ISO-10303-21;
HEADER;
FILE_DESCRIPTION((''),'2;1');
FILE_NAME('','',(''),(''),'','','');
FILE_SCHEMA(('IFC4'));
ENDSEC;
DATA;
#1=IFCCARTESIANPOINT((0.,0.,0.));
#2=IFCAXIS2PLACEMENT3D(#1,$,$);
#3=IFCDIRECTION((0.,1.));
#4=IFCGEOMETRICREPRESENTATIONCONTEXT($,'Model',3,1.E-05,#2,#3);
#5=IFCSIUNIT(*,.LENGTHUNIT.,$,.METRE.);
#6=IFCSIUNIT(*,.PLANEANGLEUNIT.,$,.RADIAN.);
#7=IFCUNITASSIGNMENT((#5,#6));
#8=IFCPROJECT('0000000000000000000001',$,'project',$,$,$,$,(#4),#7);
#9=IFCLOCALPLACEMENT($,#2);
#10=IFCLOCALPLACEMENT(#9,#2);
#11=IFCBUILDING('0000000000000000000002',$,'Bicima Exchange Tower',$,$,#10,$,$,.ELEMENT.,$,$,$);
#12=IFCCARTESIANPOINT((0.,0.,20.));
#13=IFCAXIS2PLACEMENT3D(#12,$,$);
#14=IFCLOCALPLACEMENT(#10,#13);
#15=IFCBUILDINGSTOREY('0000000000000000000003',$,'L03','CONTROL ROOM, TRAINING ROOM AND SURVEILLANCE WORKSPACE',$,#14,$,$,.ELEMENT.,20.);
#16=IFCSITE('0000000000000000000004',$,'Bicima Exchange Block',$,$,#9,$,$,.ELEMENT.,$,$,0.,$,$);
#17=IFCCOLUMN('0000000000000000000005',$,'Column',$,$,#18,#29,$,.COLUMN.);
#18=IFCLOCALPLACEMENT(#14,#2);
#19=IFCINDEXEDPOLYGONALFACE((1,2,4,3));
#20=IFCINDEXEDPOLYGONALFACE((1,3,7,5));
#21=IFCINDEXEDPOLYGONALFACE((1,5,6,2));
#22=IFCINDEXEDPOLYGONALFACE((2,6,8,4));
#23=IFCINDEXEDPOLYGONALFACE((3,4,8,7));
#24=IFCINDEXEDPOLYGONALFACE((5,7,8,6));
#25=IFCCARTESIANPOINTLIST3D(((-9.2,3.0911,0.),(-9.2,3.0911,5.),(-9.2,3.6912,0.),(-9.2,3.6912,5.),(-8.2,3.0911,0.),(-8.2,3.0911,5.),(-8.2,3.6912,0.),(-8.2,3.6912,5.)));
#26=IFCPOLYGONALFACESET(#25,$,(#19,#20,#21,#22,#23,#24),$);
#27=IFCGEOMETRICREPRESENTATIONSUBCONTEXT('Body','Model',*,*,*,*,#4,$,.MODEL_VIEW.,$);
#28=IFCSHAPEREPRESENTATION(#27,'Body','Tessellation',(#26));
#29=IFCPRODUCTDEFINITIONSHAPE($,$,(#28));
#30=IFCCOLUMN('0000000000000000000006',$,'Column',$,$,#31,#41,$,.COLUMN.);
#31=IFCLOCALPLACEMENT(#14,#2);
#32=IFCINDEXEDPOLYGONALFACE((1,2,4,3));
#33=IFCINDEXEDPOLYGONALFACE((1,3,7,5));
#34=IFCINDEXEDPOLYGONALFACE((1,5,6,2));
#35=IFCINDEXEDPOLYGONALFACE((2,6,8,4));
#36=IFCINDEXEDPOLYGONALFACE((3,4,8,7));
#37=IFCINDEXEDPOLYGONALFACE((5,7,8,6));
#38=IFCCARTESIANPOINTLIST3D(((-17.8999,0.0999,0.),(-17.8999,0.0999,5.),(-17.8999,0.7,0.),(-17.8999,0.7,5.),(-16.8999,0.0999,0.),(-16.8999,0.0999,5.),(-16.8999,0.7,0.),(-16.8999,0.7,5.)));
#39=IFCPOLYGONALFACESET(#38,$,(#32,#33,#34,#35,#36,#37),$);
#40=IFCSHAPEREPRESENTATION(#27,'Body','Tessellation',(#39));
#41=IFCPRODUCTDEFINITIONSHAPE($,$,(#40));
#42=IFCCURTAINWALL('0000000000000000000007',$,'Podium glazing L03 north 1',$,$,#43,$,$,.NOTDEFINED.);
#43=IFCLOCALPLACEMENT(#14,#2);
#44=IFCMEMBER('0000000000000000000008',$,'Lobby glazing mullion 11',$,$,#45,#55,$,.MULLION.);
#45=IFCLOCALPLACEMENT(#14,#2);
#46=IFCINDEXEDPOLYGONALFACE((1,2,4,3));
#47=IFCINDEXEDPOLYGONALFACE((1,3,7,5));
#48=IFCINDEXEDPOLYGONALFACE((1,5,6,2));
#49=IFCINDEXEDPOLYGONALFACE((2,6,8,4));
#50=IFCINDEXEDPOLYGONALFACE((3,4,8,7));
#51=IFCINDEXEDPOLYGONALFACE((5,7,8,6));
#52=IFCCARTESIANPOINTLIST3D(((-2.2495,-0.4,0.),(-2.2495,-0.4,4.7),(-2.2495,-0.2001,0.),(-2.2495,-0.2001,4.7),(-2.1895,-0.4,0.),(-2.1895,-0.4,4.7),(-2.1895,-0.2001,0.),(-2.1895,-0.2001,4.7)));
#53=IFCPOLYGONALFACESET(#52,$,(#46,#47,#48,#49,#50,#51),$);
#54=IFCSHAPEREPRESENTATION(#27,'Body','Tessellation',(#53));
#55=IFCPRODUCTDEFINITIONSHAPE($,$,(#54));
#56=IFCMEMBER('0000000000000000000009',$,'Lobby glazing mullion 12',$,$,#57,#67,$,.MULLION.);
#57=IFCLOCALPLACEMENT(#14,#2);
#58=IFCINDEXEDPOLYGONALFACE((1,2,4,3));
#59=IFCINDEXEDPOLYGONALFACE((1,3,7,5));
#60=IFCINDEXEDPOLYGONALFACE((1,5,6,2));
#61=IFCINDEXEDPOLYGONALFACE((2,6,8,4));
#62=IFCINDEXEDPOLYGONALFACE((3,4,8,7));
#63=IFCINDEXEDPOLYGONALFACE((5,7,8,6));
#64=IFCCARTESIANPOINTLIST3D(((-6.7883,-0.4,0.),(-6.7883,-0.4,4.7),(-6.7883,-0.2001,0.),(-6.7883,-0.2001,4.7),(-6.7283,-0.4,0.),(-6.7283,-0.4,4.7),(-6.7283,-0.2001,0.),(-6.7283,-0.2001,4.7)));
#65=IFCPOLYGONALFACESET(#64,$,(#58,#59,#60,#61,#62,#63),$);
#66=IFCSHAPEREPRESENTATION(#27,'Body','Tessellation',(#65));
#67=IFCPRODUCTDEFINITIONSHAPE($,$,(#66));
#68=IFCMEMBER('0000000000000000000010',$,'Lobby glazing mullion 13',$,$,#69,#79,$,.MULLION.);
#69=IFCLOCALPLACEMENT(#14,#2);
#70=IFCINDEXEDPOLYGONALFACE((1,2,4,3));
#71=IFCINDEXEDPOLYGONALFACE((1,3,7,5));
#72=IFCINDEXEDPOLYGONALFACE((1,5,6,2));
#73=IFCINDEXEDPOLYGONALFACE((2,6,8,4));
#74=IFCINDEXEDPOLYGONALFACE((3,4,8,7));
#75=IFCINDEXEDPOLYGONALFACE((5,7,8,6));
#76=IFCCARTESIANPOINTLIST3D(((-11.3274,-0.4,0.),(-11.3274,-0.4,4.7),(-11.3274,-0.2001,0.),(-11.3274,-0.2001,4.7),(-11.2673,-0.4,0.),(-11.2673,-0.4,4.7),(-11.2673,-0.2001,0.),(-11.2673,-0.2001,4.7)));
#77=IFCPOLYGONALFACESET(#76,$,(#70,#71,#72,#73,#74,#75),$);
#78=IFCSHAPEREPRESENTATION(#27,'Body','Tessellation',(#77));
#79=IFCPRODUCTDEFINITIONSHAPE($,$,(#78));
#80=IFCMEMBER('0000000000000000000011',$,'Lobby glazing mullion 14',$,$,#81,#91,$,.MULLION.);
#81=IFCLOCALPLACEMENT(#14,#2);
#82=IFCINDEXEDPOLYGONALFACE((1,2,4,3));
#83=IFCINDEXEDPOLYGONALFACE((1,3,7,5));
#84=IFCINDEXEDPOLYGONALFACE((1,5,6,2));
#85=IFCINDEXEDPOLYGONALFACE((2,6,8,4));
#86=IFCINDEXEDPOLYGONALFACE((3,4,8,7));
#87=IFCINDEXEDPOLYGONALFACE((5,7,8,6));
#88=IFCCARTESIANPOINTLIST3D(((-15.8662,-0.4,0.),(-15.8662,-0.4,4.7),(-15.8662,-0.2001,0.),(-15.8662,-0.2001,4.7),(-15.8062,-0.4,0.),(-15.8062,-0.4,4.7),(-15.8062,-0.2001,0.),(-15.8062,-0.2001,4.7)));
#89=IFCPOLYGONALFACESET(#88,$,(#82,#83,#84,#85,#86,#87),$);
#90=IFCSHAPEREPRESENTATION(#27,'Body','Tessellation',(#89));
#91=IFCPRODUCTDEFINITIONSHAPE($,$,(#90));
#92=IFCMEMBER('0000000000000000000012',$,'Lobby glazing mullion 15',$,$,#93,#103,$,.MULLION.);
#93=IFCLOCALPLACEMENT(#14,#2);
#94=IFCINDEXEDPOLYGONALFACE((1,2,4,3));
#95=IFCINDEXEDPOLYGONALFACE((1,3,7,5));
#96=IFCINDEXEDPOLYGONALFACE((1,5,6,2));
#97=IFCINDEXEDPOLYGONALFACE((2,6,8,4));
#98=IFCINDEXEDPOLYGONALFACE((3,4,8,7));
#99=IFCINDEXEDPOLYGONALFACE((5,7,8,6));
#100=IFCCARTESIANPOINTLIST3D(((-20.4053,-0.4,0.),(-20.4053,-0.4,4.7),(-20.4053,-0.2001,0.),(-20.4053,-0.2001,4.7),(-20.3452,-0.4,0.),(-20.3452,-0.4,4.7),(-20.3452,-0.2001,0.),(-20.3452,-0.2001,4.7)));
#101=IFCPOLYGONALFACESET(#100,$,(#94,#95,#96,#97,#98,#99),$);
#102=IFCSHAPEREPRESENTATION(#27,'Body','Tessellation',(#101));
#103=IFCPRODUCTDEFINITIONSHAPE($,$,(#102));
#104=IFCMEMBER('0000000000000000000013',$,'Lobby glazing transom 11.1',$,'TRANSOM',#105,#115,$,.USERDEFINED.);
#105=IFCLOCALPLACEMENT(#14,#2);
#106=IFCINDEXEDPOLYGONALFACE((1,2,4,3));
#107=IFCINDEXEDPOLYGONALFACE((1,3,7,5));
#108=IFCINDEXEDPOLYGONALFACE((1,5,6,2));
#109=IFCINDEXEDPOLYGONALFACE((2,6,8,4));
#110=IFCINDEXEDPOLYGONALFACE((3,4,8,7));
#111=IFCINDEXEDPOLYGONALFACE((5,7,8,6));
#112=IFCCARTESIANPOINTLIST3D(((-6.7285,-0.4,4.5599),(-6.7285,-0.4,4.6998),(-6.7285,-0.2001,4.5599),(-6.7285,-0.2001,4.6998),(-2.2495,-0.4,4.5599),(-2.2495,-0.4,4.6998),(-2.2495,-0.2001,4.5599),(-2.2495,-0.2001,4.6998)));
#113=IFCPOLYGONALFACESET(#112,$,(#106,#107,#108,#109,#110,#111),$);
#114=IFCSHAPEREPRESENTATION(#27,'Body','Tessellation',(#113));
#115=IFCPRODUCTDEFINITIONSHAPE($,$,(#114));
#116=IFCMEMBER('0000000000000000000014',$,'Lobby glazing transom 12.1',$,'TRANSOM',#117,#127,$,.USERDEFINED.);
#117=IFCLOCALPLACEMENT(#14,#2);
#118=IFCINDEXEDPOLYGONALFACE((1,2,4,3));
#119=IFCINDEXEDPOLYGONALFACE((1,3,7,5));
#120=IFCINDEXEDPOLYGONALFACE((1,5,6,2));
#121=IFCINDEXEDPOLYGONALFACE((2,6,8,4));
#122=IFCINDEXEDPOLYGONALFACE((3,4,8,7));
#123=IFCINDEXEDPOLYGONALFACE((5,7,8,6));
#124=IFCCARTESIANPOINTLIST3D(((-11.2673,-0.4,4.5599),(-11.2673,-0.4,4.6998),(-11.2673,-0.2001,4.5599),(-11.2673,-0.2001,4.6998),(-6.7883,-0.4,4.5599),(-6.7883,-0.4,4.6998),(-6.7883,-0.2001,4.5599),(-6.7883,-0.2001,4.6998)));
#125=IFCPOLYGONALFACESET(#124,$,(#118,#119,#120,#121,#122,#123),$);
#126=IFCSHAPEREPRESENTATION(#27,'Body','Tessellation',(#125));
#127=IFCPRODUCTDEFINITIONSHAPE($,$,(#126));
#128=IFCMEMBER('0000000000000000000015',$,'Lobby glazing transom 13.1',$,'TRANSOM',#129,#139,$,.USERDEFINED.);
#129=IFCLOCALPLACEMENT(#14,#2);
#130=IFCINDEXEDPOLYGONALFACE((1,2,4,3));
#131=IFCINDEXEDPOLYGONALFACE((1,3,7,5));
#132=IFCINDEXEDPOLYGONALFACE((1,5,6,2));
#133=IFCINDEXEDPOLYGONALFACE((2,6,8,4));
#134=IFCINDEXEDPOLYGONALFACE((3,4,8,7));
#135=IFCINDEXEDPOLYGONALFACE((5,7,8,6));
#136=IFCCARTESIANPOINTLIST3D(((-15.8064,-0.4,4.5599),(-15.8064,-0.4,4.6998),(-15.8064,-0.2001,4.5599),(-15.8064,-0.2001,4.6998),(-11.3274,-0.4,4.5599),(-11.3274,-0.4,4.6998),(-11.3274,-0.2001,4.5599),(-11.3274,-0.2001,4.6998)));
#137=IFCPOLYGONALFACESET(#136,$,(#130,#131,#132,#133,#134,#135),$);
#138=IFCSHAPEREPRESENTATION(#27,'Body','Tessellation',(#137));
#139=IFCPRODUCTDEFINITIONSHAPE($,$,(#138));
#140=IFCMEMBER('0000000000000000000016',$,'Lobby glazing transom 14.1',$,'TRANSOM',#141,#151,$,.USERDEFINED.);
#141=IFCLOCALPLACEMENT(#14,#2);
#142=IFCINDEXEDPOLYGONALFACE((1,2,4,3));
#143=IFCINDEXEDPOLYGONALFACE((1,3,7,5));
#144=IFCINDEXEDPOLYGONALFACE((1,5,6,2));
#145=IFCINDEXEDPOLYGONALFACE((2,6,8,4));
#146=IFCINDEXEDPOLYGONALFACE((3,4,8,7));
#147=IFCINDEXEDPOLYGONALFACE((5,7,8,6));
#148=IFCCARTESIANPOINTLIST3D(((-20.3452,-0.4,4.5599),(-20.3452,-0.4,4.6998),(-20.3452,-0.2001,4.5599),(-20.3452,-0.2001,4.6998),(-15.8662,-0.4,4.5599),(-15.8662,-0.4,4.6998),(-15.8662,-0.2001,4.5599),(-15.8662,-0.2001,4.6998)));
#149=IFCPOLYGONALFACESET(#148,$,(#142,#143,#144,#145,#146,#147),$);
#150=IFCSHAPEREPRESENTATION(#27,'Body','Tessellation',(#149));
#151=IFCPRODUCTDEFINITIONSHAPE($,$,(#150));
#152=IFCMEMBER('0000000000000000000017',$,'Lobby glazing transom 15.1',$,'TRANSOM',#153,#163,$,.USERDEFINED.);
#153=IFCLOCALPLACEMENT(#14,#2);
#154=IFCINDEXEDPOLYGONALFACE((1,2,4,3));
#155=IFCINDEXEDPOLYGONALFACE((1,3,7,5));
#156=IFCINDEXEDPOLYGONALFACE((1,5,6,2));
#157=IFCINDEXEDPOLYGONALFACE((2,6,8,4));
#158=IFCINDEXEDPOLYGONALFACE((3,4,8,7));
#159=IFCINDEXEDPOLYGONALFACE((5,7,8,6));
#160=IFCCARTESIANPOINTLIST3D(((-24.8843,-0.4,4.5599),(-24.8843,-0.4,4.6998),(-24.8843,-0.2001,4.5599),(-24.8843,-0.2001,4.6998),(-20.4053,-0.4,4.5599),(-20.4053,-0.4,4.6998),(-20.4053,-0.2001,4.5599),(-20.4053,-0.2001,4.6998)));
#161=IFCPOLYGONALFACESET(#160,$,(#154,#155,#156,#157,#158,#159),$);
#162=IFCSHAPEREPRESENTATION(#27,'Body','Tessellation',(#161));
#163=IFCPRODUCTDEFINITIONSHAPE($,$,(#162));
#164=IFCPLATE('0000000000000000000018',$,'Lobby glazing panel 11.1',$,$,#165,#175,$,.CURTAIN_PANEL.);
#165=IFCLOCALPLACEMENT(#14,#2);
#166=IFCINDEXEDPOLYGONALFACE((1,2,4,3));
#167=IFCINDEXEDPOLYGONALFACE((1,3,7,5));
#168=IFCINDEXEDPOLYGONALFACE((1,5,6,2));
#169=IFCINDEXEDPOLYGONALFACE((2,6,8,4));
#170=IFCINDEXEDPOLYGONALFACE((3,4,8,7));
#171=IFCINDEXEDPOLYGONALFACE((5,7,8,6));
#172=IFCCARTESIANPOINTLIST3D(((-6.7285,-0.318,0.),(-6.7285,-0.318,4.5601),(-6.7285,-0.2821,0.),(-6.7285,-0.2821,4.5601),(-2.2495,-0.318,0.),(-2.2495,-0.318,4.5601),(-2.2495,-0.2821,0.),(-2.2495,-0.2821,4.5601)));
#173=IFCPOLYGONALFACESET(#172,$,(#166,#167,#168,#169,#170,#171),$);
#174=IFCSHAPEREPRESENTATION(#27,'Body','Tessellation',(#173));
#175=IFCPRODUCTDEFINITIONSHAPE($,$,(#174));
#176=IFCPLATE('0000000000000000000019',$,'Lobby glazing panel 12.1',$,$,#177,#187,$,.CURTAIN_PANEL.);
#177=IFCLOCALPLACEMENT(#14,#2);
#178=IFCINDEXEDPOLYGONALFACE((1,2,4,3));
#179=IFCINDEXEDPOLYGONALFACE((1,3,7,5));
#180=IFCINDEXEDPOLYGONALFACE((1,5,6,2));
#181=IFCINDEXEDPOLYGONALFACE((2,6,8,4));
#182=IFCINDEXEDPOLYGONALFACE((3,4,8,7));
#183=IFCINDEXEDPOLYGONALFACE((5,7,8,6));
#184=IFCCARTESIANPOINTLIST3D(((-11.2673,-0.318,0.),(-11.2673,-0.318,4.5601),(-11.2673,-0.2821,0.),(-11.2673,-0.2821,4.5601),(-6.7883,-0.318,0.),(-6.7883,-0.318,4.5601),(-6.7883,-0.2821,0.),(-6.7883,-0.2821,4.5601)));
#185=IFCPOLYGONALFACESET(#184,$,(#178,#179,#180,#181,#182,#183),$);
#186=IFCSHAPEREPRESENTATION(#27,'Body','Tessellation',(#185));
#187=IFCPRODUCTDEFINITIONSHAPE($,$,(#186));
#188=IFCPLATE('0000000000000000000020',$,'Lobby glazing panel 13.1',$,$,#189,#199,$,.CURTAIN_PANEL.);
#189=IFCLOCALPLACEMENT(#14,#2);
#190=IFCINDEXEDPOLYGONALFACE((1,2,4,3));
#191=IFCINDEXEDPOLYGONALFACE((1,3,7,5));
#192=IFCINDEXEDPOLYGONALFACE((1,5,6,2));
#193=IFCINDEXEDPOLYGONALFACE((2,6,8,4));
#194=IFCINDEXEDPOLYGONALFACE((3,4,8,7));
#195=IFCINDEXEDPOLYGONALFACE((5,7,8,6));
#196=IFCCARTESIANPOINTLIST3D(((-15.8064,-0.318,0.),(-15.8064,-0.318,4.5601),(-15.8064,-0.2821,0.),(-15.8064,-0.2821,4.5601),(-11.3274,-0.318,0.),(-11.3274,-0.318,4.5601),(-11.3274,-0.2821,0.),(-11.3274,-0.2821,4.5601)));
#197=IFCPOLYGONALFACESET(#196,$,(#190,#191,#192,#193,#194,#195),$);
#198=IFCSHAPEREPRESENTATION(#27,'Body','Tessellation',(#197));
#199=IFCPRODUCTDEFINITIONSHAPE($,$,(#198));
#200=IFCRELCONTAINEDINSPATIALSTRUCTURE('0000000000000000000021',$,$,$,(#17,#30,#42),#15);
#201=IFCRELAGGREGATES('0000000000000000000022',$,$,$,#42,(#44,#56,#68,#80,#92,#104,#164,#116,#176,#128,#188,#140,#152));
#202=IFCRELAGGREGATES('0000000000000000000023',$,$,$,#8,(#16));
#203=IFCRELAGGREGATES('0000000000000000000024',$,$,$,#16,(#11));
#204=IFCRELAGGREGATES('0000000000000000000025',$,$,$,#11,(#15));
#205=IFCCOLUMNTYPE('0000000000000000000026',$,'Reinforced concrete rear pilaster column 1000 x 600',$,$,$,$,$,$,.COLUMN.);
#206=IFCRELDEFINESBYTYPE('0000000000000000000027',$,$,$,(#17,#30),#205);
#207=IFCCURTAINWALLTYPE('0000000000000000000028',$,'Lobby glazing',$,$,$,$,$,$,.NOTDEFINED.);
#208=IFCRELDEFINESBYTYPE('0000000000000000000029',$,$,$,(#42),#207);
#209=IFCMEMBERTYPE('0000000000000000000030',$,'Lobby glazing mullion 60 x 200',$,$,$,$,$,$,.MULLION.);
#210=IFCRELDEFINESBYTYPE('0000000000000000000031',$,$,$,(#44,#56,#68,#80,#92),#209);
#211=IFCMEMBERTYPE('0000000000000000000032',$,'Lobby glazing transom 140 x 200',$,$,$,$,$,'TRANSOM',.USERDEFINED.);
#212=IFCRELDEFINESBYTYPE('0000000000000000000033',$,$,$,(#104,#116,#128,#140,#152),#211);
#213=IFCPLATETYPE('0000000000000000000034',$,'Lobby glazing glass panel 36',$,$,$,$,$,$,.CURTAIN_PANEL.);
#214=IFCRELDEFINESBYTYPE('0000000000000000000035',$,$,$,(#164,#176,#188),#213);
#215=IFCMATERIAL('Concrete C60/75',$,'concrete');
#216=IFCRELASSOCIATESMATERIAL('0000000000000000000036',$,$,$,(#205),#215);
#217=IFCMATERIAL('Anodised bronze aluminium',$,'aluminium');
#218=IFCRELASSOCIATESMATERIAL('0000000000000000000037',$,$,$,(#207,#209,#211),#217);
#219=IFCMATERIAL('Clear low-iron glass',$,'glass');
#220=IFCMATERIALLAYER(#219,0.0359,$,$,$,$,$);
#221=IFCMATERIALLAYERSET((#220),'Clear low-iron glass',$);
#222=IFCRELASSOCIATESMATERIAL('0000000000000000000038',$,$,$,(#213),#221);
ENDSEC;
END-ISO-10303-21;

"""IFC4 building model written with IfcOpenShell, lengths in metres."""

from ifc_helpers import new_model, si_unit, direction, frame, origin, origin_2d, place, context, subcontext, project, spatial, rectangle, extrude, material, layer, layer_set, material_profile, profile_set, type_object, element, aggregate, save


model = new_model("IFC4")

# Units and contexts
model_context = context("Model", 3, precision=1e-05, world=origin(), true_north=direction((0.0, 1.0)))
body_context = subcontext(model_context, "Body", "Model", "MODEL_VIEW")
ifc_project = project(units=[si_unit("LENGTHUNIT", "METRE"), si_unit("PLANEANGLEUNIT", "RADIAN")], contexts=[model_context])

# Site, building, storey
site_placement = place(None, origin())
site = spatial("IfcSite", under=ifc_project, at=site_placement, Name="Bicima Exchange Block", CompositionType="ELEMENT", RefElevation=0.0)
building_placement = place(site_placement, origin())
building = spatial("IfcBuilding", under=site, at=building_placement, Name="Bicima Exchange Tower", CompositionType="ELEMENT")
storey_placement = place(building_placement, frame((0.0, 0.0, 20.0)))
storey = spatial("IfcBuildingStorey", under=building, at=storey_placement, Name="L03", Description="CONTROL ROOM, TRAINING ROOM AND SURVEILLANCE WORKSPACE", CompositionType="ELEMENT", Elevation=20.0)

# Columns
ifc_material_1 = material(Name="Concrete C60/75", Category="concrete")
ifc_material_profile_1 = material_profile(ifc_material_1, rectangle(XDim=1.0, YDim=0.6001, at=origin_2d()))
ifc_profile_set_1 = profile_set([ifc_material_profile_1], Name="Concrete C60/75")
column_type = type_object("IfcColumnType", Name="Reinforced concrete rear pilaster column 1000 x 600", PredefinedType="COLUMN", material=ifc_profile_set_1)
for number, where, z_axis, x_axis, name in (
    (1, (-8.7, 3.3911, 0.0), (0.0, 0.0, 1.0), (1.0, 0.0, 0.0), "Column"),
    (2, (-17.3999, 0.3999, 0.0), (0.0, 0.0, 1.0), (1.0, 0.0, 0.0), "Column"),
):
    element("IfcColumn", number, at=place(storey_placement, frame(where, z_axis=z_axis, x_axis=x_axis)), inside=storey, type_object=column_type, Name=name, PredefinedType="COLUMN", context=body_context, shape_type="SweptSolid", body=[
        extrude(rectangle(XDim=1.0, YDim=0.6001, at=origin_2d()), origin(), (0.0, 0.0, 1.0), 5.0),
    ])

# Curtain wall, members, plates
ifc_material_2 = material(Name="Anodised bronze aluminium", Category="aluminium")
curtain_wall_type = type_object("IfcCurtainWallType", Name="Lobby glazing", PredefinedType="NOTDEFINED", material=ifc_material_2)
curtain_wall_placement = place(storey_placement, origin())
curtain_wall = element("IfcCurtainWall", 3, at=curtain_wall_placement, inside=storey, type_object=curtain_wall_type, Name="Podium glazing L03 north 1", PredefinedType="NOTDEFINED")
ifc_material_profile_2 = material_profile(ifc_material_2, rectangle(XDim=0.2, YDim=0.0601, at=origin_2d()))
ifc_profile_set_2 = profile_set([ifc_material_profile_2], Name="Anodised bronze aluminium")
member_type_1 = type_object("IfcMemberType", Name="Lobby glazing mullion 60 x 200", PredefinedType="MULLION", material=ifc_profile_set_2)
member_1_placement = place(storey_placement, frame((-2.2195, -0.3, 0.0), z_axis=(0.0, 0.0, 1.0), x_axis=(0.0, -1.0, 0.0)))
member_1 = element("IfcMember", 4, at=member_1_placement, type_object=member_type_1, Name="Lobby glazing mullion 11", PredefinedType="MULLION", context=body_context, shape_type="SweptSolid", body=[
    extrude(rectangle(XDim=0.2, YDim=0.0601, at=origin_2d()), origin(), (0.0, 0.0, 1.0), 4.7),
])
member_2_placement = place(storey_placement, frame((-6.7583, -0.3, 0.0), z_axis=(0.0, 0.0, 1.0), x_axis=(0.0, -1.0, 0.0)))
member_2 = element("IfcMember", 5, at=member_2_placement, type_object=member_type_1, Name="Lobby glazing mullion 12", PredefinedType="MULLION", context=body_context, shape_type="SweptSolid", body=[
    extrude(rectangle(XDim=0.2, YDim=0.0601, at=origin_2d()), origin(), (0.0, 0.0, 1.0), 4.7),
])
member_3_placement = place(storey_placement, frame((-11.2974, -0.3, 0.0), z_axis=(0.0, 0.0, 1.0), x_axis=(0.0, -1.0, 0.0)))
member_3 = element("IfcMember", 6, at=member_3_placement, type_object=member_type_1, Name="Lobby glazing mullion 13", PredefinedType="MULLION", context=body_context, shape_type="SweptSolid", body=[
    extrude(rectangle(XDim=0.2, YDim=0.0601, at=origin_2d()), origin(), (0.0, 0.0, 1.0), 4.7),
])
member_4_placement = place(storey_placement, frame((-15.8362, -0.3, 0.0), z_axis=(0.0, 0.0, 1.0), x_axis=(0.0, -1.0, 0.0)))
member_4 = element("IfcMember", 7, at=member_4_placement, type_object=member_type_1, Name="Lobby glazing mullion 14", PredefinedType="MULLION", context=body_context, shape_type="SweptSolid", body=[
    extrude(rectangle(XDim=0.2, YDim=0.0601, at=origin_2d()), origin(), (0.0, 0.0, 1.0), 4.7),
])
member_5_placement = place(storey_placement, frame((-20.3752, -0.3, 0.0), z_axis=(0.0, 0.0, 1.0), x_axis=(0.0, -1.0, 0.0)))
member_5 = element("IfcMember", 8, at=member_5_placement, type_object=member_type_1, Name="Lobby glazing mullion 15", PredefinedType="MULLION", context=body_context, shape_type="SweptSolid", body=[
    extrude(rectangle(XDim=0.2, YDim=0.0601, at=origin_2d()), origin(), (0.0, 0.0, 1.0), 4.7),
])
ifc_material_profile_3 = material_profile(ifc_material_2, rectangle(XDim=0.2, YDim=0.1399, at=origin_2d()))
ifc_profile_set_3 = profile_set([ifc_material_profile_3], Name="Anodised bronze aluminium")
member_type_2 = type_object("IfcMemberType", Name="Lobby glazing transom 140 x 200", ElementType="TRANSOM", PredefinedType="USERDEFINED", material=ifc_profile_set_3)
member_6_placement = place(storey_placement, frame((-2.2495, -0.3, 4.6299), z_axis=(-1.0, 0.0, 0.0), x_axis=(0.0, -1.0, 0.0)))
member_6 = element("IfcMember", 9, at=member_6_placement, type_object=member_type_2, Name="Lobby glazing transom 11.1", ObjectType="TRANSOM", PredefinedType="USERDEFINED", context=body_context, shape_type="SweptSolid", body=[
    extrude(rectangle(XDim=0.2, YDim=0.1399, at=origin_2d()), origin(), (0.0, 0.0, 1.0), 4.479),
])
member_7_placement = place(storey_placement, frame((-6.7883, -0.3, 4.6299), z_axis=(-1.0, 0.0, 0.0), x_axis=(0.0, -1.0, 0.0)))
member_7 = element("IfcMember", 10, at=member_7_placement, type_object=member_type_2, Name="Lobby glazing transom 12.1", ObjectType="TRANSOM", PredefinedType="USERDEFINED", context=body_context, shape_type="SweptSolid", body=[
    extrude(rectangle(XDim=0.2, YDim=0.1399, at=origin_2d()), origin(), (0.0, 0.0, 1.0), 4.479),
])
member_8_placement = place(storey_placement, frame((-11.3274, -0.3, 4.6299), z_axis=(-1.0, 0.0, 0.0), x_axis=(0.0, -1.0, 0.0)))
member_8 = element("IfcMember", 11, at=member_8_placement, type_object=member_type_2, Name="Lobby glazing transom 13.1", ObjectType="TRANSOM", PredefinedType="USERDEFINED", context=body_context, shape_type="SweptSolid", body=[
    extrude(rectangle(XDim=0.2, YDim=0.1399, at=origin_2d()), origin(), (0.0, 0.0, 1.0), 4.479),
])
member_9_placement = place(storey_placement, frame((-15.8662, -0.3, 4.6299), z_axis=(-1.0, 0.0, 0.0), x_axis=(0.0, -1.0, 0.0)))
member_9 = element("IfcMember", 12, at=member_9_placement, type_object=member_type_2, Name="Lobby glazing transom 14.1", ObjectType="TRANSOM", PredefinedType="USERDEFINED", context=body_context, shape_type="SweptSolid", body=[
    extrude(rectangle(XDim=0.2, YDim=0.1399, at=origin_2d()), origin(), (0.0, 0.0, 1.0), 4.479),
])
member_10_placement = place(storey_placement, frame((-20.4053, -0.3, 4.6299), z_axis=(-1.0, 0.0, 0.0), x_axis=(0.0, -1.0, 0.0)))
member_10 = element("IfcMember", 13, at=member_10_placement, type_object=member_type_2, Name="Lobby glazing transom 15.1", ObjectType="TRANSOM", PredefinedType="USERDEFINED", context=body_context, shape_type="SweptSolid", body=[
    extrude(rectangle(XDim=0.2, YDim=0.1399, at=origin_2d()), origin(), (0.0, 0.0, 1.0), 4.479),
])
ifc_material_3 = material(Name="Clear low-iron glass", Category="glass")
ifc_layer_1 = layer(ifc_material_3, 0.0359)
ifc_layer_set_1 = layer_set([ifc_layer_1], Name="Clear low-iron glass")
plate_type = type_object("IfcPlateType", Name="Lobby glazing glass panel 36", PredefinedType="CURTAIN_PANEL", material=ifc_layer_set_1)
plate_1_placement = place(storey_placement, frame((-4.489, -0.3, 0.0), z_axis=(0.0, 0.0, 1.0), x_axis=(-1.0, 0.0, 0.0)))
plate_1 = element("IfcPlate", 14, at=plate_1_placement, type_object=plate_type, Name="Lobby glazing panel 11.1", PredefinedType="CURTAIN_PANEL", context=body_context, shape_type="SweptSolid", body=[
    extrude(rectangle(XDim=4.479, YDim=0.0359, at=origin_2d()), origin(), (0.0, 0.0, 1.0), 4.5601),
])
plate_2_placement = place(storey_placement, frame((-9.0278, -0.3, 0.0), z_axis=(0.0, 0.0, 1.0), x_axis=(-1.0, 0.0, 0.0)))
plate_2 = element("IfcPlate", 15, at=plate_2_placement, type_object=plate_type, Name="Lobby glazing panel 12.1", PredefinedType="CURTAIN_PANEL", context=body_context, shape_type="SweptSolid", body=[
    extrude(rectangle(XDim=4.479, YDim=0.0359, at=origin_2d()), origin(), (0.0, 0.0, 1.0), 4.5601),
])
plate_3_placement = place(storey_placement, frame((-13.5669, -0.3, 0.0), z_axis=(0.0, 0.0, 1.0), x_axis=(-1.0, 0.0, 0.0)))
plate_3 = element("IfcPlate", 16, at=plate_3_placement, type_object=plate_type, Name="Lobby glazing panel 13.1", PredefinedType="CURTAIN_PANEL", context=body_context, shape_type="SweptSolid", body=[
    extrude(rectangle(XDim=4.479, YDim=0.0359, at=origin_2d()), origin(), (0.0, 0.0, 1.0), 4.5601),
])
aggregate(curtain_wall, [member_1, member_2, member_3, member_4, member_5, member_6, plate_1, member_7, plate_2, member_8, plate_3, member_9, member_10])

save(model, "model.ifc")
